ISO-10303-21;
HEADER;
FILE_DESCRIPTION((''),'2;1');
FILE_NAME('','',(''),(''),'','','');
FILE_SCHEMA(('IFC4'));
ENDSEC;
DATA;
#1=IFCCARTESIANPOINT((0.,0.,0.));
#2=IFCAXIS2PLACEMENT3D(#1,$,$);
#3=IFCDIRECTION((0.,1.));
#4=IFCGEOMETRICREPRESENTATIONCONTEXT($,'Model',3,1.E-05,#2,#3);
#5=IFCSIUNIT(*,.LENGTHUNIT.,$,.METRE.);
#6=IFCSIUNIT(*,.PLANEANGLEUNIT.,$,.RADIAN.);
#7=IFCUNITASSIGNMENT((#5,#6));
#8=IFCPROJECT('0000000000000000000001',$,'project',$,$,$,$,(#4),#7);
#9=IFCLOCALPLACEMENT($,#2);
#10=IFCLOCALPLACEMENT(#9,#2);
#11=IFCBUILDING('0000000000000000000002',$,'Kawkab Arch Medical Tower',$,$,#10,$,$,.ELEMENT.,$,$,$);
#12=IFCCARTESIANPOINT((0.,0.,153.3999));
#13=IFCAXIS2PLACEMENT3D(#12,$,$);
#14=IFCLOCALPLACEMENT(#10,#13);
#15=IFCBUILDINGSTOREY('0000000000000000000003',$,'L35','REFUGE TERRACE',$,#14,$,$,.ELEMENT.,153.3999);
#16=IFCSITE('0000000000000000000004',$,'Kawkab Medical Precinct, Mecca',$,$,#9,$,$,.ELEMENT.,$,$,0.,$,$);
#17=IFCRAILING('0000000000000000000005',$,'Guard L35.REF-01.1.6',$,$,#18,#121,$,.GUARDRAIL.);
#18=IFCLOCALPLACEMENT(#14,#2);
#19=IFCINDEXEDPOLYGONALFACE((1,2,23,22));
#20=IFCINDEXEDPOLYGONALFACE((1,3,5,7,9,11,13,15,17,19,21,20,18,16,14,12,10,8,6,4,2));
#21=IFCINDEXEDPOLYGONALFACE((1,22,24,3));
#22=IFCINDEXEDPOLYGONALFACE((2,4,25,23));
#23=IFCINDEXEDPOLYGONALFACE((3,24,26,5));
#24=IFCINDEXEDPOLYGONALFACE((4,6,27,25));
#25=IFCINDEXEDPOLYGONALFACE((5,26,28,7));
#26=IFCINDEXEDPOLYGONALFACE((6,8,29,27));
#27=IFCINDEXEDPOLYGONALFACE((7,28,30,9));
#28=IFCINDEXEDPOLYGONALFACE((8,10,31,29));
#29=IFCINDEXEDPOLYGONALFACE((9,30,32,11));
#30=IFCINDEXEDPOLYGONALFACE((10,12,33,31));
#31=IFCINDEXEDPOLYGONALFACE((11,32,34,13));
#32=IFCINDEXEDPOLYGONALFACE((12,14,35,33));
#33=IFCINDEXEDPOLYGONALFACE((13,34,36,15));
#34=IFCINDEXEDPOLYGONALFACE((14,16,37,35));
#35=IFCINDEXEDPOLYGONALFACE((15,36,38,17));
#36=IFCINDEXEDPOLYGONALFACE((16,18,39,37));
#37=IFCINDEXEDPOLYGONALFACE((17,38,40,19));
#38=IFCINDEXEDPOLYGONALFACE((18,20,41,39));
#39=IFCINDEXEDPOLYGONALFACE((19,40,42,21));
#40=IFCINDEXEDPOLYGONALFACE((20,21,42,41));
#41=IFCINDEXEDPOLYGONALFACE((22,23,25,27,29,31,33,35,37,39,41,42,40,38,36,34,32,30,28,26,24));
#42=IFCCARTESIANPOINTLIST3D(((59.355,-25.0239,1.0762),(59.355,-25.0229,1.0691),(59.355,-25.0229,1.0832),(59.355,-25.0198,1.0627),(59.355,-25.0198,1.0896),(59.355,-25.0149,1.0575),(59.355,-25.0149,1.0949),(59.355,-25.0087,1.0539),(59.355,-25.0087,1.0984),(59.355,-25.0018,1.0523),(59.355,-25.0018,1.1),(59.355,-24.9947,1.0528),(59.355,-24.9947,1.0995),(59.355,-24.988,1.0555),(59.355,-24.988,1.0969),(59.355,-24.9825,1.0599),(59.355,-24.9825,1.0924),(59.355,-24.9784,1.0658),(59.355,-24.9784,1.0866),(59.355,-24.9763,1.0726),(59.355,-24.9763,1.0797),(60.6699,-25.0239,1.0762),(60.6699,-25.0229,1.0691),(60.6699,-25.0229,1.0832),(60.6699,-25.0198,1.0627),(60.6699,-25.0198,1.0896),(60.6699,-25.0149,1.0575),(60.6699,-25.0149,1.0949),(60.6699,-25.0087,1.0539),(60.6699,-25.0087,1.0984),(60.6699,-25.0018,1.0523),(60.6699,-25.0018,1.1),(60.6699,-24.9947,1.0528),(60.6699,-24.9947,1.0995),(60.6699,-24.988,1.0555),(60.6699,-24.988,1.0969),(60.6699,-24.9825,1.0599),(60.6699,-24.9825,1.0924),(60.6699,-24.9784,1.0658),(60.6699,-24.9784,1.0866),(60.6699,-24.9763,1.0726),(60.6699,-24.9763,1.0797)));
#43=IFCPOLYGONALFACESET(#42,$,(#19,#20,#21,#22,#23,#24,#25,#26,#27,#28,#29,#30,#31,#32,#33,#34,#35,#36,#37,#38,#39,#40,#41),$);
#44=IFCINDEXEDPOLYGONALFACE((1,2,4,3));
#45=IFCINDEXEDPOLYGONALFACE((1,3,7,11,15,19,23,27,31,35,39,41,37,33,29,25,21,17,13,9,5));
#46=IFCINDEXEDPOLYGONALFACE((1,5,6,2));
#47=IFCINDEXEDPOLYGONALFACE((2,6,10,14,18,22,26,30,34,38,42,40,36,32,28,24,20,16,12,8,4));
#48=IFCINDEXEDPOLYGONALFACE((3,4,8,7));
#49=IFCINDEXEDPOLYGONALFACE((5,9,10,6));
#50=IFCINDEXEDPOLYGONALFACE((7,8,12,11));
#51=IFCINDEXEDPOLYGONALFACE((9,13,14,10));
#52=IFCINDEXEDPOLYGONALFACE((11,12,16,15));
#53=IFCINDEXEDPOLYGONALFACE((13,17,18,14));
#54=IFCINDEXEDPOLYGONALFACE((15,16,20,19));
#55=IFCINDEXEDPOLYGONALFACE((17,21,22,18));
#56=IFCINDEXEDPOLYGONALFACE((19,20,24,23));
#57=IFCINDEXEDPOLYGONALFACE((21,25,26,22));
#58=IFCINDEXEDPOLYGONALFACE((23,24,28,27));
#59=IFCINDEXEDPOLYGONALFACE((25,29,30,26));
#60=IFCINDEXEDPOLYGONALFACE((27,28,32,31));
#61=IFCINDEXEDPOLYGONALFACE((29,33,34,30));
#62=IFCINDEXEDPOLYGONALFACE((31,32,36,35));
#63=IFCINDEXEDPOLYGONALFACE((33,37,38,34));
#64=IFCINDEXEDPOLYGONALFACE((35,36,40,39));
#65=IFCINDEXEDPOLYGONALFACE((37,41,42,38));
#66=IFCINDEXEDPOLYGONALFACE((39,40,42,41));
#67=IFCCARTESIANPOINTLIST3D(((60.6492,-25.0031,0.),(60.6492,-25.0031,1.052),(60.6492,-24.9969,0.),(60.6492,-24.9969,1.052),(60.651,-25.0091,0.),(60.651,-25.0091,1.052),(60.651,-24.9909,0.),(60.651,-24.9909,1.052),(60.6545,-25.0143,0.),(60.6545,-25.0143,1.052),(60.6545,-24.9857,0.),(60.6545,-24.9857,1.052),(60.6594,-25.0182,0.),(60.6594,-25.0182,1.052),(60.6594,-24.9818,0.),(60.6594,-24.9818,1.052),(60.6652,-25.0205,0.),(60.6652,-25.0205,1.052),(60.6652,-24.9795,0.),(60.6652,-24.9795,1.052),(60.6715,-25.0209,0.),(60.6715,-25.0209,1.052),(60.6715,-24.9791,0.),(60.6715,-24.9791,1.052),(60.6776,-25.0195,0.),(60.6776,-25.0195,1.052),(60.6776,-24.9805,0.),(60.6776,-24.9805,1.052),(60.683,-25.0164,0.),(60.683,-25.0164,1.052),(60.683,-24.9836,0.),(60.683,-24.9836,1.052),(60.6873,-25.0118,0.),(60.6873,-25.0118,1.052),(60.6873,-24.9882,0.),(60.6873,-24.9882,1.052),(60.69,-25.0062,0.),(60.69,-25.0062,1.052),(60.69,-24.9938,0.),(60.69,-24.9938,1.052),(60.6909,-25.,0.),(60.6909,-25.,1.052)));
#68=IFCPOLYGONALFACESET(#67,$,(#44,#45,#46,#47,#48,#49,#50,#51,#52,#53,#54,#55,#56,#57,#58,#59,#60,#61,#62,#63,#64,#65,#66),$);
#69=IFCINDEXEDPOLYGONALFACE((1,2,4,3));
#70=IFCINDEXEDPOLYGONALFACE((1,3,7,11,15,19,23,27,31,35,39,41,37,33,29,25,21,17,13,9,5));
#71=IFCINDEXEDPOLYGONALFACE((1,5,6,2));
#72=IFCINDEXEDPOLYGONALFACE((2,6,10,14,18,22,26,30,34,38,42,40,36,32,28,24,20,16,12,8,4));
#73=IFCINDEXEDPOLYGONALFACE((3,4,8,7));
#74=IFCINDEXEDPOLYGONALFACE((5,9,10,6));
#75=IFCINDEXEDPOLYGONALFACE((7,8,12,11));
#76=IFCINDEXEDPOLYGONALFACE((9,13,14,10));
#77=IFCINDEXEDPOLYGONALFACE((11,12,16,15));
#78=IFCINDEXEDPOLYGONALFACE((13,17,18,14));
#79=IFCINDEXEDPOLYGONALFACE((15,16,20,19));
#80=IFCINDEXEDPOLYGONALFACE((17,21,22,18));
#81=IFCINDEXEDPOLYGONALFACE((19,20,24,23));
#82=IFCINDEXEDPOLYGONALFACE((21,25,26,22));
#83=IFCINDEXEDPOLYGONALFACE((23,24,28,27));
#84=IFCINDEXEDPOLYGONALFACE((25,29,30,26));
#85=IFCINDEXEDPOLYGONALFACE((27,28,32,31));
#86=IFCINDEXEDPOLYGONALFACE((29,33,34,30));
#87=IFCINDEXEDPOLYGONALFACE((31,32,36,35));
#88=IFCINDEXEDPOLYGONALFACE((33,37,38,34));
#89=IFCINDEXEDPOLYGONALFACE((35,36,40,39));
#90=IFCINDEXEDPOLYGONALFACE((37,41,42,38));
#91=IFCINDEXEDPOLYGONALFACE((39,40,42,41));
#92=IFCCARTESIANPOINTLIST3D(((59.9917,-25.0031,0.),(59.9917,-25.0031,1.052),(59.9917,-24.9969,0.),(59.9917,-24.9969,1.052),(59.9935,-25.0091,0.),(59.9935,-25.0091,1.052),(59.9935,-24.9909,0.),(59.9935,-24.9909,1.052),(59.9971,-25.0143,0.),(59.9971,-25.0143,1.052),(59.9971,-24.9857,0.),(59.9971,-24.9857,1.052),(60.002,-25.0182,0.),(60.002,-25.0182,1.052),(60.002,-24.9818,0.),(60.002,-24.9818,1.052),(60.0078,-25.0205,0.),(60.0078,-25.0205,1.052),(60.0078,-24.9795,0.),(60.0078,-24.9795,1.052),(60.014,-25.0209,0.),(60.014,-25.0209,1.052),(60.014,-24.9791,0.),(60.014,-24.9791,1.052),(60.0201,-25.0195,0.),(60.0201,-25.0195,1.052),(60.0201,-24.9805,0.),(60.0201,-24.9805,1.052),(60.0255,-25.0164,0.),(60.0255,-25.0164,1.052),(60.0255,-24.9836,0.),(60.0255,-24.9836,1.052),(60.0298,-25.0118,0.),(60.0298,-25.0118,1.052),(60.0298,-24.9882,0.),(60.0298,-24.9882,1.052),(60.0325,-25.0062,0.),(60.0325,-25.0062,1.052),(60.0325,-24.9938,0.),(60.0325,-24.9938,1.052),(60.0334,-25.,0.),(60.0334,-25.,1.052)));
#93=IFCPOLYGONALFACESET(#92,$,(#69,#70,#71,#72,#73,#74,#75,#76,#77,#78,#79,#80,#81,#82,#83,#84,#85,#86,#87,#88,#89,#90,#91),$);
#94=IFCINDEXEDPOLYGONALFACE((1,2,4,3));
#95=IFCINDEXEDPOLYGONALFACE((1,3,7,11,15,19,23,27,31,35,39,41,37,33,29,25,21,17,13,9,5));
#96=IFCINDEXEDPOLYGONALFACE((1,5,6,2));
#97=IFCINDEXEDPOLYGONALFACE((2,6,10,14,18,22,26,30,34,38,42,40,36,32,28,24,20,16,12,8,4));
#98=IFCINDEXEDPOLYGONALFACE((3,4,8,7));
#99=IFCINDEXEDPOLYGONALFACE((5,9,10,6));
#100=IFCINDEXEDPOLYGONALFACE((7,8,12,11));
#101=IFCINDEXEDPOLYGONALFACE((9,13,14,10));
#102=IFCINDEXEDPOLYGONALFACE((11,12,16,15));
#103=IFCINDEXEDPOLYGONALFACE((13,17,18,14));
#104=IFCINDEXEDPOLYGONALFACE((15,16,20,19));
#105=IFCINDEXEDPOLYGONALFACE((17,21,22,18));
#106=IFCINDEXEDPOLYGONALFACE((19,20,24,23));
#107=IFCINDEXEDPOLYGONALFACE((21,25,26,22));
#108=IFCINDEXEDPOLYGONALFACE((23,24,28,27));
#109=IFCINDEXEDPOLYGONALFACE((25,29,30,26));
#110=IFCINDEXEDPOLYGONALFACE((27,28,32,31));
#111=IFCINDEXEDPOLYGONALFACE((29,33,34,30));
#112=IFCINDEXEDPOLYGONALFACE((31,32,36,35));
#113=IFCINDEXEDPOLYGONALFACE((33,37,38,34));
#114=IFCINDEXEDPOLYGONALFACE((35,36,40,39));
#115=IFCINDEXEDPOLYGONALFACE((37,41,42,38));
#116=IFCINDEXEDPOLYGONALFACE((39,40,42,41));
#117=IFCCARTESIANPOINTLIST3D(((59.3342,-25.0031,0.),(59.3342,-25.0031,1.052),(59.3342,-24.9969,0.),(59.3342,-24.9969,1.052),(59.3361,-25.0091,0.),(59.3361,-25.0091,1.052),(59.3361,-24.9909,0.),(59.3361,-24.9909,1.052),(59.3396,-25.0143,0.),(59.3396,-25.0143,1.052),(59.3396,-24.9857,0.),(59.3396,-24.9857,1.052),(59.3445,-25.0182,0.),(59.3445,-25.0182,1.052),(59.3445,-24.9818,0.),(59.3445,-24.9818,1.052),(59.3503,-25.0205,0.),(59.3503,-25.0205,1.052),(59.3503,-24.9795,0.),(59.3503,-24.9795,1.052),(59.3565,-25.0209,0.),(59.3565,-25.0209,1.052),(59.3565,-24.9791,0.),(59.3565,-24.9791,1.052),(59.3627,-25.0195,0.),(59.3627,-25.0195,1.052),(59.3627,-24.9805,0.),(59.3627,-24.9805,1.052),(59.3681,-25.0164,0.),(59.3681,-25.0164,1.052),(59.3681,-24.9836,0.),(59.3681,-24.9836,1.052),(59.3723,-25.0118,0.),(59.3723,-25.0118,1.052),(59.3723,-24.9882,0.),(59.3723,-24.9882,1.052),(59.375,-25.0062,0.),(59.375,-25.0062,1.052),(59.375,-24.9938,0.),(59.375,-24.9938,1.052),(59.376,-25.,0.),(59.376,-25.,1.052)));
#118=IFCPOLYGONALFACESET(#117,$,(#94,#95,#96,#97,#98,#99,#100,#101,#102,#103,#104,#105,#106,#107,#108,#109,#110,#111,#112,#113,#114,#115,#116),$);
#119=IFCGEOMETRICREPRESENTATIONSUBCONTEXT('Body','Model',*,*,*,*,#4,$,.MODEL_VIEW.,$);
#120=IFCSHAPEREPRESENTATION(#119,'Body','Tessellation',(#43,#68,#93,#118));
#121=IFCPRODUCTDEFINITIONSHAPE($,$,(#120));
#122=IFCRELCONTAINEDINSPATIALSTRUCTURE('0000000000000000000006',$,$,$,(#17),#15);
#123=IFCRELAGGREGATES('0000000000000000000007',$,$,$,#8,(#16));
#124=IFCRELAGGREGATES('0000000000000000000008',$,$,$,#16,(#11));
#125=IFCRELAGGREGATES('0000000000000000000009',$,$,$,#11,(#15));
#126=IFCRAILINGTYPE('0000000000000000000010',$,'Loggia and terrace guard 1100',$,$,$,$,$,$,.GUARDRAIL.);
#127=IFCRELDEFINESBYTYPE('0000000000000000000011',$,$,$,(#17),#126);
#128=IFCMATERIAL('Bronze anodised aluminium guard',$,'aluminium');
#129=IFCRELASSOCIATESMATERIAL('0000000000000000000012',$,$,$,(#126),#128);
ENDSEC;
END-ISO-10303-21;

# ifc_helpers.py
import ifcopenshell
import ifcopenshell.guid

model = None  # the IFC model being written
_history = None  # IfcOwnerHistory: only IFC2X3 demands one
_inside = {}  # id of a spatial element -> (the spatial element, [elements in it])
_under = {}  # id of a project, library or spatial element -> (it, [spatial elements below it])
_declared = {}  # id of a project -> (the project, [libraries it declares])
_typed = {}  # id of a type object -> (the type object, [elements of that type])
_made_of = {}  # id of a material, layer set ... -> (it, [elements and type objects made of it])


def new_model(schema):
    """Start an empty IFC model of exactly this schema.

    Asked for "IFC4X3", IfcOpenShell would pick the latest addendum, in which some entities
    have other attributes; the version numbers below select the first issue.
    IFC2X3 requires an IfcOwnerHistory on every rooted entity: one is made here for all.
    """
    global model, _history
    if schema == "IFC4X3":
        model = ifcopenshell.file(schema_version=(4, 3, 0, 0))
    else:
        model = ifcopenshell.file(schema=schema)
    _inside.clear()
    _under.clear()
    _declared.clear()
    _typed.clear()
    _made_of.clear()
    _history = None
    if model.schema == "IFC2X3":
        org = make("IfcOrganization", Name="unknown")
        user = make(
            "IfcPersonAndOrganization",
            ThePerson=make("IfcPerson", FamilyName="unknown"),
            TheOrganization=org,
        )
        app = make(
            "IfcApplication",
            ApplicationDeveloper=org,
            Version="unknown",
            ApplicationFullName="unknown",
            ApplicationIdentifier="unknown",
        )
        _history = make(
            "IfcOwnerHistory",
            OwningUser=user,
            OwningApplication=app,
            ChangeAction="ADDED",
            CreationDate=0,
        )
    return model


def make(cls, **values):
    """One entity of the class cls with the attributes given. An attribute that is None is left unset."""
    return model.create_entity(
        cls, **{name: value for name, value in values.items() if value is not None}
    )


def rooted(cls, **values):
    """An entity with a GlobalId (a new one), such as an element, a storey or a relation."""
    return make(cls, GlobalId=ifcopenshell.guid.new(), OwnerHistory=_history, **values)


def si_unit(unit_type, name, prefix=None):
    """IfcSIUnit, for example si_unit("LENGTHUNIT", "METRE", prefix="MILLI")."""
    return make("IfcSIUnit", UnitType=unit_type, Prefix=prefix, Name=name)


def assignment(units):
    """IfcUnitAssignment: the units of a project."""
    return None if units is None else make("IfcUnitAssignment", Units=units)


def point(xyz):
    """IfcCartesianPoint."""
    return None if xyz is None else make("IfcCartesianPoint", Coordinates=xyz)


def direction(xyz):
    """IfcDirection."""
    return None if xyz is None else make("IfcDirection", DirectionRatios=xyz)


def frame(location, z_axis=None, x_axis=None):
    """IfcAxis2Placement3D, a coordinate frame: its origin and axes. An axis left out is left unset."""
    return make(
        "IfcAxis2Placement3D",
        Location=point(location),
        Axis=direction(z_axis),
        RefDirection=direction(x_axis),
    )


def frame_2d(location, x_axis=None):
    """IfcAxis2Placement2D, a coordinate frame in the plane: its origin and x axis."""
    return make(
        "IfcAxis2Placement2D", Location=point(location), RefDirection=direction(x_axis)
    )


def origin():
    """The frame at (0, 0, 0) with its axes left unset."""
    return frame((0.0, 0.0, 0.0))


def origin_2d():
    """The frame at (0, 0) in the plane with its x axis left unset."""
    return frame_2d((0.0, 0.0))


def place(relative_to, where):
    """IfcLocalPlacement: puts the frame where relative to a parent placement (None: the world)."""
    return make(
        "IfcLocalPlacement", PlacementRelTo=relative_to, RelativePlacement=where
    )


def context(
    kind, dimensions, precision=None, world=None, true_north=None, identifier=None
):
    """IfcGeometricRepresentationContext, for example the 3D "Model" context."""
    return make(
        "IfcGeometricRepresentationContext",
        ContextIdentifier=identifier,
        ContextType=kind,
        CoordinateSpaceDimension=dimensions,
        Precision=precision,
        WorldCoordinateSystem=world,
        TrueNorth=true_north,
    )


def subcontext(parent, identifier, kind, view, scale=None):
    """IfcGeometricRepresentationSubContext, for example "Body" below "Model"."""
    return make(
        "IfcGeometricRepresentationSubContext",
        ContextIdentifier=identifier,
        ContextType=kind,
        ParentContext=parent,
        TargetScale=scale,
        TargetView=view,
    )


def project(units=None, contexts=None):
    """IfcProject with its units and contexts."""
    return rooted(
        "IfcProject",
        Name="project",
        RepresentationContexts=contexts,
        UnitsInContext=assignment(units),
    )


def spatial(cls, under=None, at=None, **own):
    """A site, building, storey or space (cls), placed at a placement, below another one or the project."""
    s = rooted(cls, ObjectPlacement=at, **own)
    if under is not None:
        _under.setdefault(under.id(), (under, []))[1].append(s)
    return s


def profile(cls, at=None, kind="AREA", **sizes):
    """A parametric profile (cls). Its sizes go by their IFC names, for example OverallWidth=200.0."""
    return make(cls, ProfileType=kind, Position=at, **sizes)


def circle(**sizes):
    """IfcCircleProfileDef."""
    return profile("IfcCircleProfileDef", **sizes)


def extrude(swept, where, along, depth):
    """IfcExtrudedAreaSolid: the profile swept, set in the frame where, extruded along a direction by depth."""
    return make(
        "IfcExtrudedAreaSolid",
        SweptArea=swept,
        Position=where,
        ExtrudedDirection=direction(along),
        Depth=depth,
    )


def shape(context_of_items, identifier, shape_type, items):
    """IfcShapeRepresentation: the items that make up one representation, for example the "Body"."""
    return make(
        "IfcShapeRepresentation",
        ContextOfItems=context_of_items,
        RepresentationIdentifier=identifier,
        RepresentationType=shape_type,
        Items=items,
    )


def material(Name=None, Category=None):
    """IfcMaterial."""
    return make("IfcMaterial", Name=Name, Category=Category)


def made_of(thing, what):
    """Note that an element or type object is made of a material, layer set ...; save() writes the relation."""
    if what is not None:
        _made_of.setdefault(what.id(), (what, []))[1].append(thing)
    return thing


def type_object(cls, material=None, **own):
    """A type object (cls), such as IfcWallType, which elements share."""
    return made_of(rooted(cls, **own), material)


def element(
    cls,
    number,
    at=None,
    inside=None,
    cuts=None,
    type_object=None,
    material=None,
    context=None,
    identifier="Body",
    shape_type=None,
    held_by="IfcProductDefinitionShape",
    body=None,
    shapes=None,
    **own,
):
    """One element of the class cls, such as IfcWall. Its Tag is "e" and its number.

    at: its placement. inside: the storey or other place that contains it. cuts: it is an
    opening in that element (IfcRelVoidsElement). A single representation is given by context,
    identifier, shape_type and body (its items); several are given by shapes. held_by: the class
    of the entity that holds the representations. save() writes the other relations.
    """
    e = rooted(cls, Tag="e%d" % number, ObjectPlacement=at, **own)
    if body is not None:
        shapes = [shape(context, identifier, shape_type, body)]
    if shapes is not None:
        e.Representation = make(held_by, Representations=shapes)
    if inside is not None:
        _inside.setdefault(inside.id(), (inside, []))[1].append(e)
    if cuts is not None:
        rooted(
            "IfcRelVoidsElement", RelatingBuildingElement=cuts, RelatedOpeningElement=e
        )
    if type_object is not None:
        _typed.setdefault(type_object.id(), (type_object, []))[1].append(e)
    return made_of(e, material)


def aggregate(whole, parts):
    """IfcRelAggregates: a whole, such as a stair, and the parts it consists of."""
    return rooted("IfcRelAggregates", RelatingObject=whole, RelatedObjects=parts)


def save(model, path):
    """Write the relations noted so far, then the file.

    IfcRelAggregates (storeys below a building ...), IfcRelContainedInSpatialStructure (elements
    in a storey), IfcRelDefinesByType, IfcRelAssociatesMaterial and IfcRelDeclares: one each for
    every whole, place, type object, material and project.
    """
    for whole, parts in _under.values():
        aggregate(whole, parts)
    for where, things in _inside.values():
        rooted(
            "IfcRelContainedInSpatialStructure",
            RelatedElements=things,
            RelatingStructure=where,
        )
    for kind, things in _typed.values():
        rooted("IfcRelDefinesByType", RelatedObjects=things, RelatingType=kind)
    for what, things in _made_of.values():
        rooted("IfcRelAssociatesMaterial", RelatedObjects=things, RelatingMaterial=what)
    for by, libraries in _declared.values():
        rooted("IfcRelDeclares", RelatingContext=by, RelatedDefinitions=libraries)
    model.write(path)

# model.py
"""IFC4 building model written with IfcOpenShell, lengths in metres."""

from ifc_helpers import new_model, si_unit, direction, frame, origin, origin_2d, place, context, subcontext, project, spatial, circle, extrude, material, type_object, element, save


model = new_model("IFC4")

# Units and contexts
model_context = context("Model", 3, precision=1e-05, world=origin(), true_north=direction((0.0, 1.0)))
body_context = subcontext(model_context, "Body", "Model", "MODEL_VIEW")
ifc_project = project(units=[si_unit("LENGTHUNIT", "METRE"), si_unit("PLANEANGLEUNIT", "RADIAN")], contexts=[model_context])

# Site, building, storey
site_placement = place(None, origin())
site = spatial("IfcSite", under=ifc_project, at=site_placement, Name="Kawkab Medical Precinct, Mecca", CompositionType="ELEMENT", RefElevation=0.0)
building_placement = place(site_placement, origin())
building = spatial("IfcBuilding", under=site, at=building_placement, Name="Kawkab Arch Medical Tower", CompositionType="ELEMENT")
storey_placement = place(building_placement, frame((0.0, 0.0, 153.3999)))
storey = spatial("IfcBuildingStorey", under=building, at=storey_placement, Name="L35", Description="REFUGE TERRACE", CompositionType="ELEMENT", Elevation=153.3999)

# Railing
ifc_material_1 = material(Name="Bronze anodised aluminium guard", Category="aluminium")
railing_type = type_object("IfcRailingType", Name="Loggia and terrace guard 1100", PredefinedType="GUARDRAIL", material=ifc_material_1)
railing_1_placement = place(storey_placement, frame((60.6699, -25.0, 0.0)))
element("IfcRailing", 1, at=railing_1_placement, inside=storey, type_object=railing_type, Name="Guard L35.REF-01.1.6", PredefinedType="GUARDRAIL", context=body_context, shape_type="SweptSolid", body=[
    extrude(circle(Radius=0.0239, at=origin_2d()), frame((0.0, 0.0, 1.0762), z_axis=(-1.0, 0.0, 0.0), x_axis=(0.0, -1.0, 0.0)), (0.0, 0.0, 1.0), 1.3149),
    extrude(circle(Radius=0.021, at=origin_2d()), origin(), (0.0, 0.0, 1.0), 1.052),
    extrude(circle(Radius=0.021, at=origin_2d()), frame((-0.6575, 0.0, 0.0)), (0.0, 0.0, 1.0), 1.052),
    extrude(circle(Radius=0.021, at=origin_2d()), frame((-1.3149, 0.0, 0.0)), (0.0, 0.0, 1.0), 1.052),
])

save(model, "model.ifc")
